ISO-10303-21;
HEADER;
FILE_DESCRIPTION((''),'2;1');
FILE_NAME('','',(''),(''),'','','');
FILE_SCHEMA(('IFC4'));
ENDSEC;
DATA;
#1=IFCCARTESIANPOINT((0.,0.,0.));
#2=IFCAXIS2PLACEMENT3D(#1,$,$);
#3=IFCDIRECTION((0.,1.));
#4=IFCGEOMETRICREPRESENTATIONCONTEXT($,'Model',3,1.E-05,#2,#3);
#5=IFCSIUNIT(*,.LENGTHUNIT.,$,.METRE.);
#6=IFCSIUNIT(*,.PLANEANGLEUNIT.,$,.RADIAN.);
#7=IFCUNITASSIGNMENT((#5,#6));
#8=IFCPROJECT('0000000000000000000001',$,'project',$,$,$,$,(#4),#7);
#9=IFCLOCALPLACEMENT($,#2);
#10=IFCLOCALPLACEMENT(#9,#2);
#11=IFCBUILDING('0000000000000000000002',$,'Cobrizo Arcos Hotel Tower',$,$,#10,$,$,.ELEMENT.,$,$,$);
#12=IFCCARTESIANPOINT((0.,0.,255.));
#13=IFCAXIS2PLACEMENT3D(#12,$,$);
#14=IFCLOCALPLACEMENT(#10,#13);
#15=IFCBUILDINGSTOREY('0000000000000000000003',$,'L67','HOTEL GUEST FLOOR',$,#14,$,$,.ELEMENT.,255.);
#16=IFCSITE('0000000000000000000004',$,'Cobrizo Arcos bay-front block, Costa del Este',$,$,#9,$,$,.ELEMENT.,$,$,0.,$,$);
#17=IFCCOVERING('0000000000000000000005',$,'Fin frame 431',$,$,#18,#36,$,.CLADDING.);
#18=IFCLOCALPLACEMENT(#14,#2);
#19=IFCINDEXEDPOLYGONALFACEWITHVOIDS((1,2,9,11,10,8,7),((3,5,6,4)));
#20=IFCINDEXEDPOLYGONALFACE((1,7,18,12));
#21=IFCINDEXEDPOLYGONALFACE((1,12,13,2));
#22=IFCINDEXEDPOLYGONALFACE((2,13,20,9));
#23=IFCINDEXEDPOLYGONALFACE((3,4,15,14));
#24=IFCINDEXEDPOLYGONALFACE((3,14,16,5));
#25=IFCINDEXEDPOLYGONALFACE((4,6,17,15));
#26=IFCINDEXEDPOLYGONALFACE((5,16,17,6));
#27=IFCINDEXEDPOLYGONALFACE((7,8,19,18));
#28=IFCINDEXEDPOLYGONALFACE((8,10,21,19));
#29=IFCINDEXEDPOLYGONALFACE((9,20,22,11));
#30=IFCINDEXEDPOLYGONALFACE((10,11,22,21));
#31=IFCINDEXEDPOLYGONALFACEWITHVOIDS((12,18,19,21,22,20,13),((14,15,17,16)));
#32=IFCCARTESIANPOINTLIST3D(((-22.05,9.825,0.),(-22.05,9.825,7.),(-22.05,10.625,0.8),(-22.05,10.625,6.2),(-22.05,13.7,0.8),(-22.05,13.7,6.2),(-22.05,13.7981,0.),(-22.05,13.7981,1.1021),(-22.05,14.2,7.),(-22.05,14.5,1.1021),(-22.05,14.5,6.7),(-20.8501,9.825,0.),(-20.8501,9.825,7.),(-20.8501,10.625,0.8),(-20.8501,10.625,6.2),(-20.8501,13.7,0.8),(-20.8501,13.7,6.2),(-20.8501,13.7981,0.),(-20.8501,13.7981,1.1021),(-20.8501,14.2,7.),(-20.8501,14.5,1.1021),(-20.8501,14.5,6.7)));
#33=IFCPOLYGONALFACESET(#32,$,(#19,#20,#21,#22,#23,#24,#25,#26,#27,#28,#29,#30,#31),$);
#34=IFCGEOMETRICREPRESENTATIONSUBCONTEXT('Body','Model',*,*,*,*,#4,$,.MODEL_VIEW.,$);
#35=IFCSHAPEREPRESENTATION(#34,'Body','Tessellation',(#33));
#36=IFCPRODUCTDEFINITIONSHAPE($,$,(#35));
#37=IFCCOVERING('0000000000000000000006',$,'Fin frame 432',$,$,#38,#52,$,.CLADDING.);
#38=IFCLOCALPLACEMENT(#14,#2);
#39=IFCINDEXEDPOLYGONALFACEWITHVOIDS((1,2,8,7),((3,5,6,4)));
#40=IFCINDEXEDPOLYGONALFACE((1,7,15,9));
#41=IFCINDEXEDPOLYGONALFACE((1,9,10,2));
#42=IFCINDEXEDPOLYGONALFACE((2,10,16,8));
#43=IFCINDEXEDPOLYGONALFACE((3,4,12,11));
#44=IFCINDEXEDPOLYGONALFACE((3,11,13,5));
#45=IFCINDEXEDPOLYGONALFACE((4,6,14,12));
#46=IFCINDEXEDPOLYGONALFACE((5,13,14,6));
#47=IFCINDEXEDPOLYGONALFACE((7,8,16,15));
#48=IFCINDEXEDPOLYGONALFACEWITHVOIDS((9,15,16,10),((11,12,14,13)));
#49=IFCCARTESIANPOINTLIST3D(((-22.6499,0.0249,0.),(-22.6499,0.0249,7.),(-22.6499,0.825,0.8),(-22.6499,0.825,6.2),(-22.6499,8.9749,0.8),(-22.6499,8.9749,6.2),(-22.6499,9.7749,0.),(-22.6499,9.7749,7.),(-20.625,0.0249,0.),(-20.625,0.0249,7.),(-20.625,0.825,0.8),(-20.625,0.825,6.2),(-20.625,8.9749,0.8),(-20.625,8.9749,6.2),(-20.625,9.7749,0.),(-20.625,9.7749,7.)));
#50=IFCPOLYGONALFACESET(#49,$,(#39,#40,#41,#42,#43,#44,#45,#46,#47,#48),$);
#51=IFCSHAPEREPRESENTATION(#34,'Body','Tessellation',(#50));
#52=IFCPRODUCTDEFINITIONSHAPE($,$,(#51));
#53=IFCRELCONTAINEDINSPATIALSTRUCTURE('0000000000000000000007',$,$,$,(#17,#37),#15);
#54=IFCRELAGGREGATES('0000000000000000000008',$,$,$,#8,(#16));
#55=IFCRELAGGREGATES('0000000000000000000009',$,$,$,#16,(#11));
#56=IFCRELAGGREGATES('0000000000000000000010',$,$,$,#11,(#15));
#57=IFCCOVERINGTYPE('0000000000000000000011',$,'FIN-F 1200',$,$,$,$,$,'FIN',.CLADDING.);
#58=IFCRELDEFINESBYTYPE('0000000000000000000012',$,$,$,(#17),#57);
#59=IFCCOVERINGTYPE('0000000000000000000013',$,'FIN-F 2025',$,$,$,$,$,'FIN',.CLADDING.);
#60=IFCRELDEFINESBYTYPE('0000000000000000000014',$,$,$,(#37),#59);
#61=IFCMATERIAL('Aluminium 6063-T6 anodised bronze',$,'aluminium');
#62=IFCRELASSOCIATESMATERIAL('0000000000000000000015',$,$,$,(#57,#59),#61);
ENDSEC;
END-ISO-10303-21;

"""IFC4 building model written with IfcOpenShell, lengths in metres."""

from ifc_helpers import new_model, si_unit, direction, frame, origin, place, context, subcontext, project, spatial, polyline, outline, extrude, material, type_object, element, save


model = new_model("IFC4")

# Units and contexts
model_context = context("Model", 3, precision=1e-05, world=origin(), true_north=direction((0.0, 1.0)))
body_context = subcontext(model_context, "Body", "Model", "MODEL_VIEW")
ifc_project = project(units=[si_unit("LENGTHUNIT", "METRE"), si_unit("PLANEANGLEUNIT", "RADIAN")], contexts=[model_context])

# Site, building, storey
site_placement = place(None, origin())
site = spatial("IfcSite", under=ifc_project, at=site_placement, Name="Cobrizo Arcos bay-front block, Costa del Este", CompositionType="ELEMENT", RefElevation=0.0)
building_placement = place(site_placement, origin())
building = spatial("IfcBuilding", under=site, at=building_placement, Name="Cobrizo Arcos Hotel Tower", CompositionType="ELEMENT")
storey_placement = place(building_placement, frame((0.0, 0.0, 255.0)))
storey = spatial("IfcBuildingStorey", under=building, at=storey_placement, Name="L67", Description="HOTEL GUEST FLOOR", CompositionType="ELEMENT", Elevation=255.0)

# Shared definitions
ifc_material_1 = material(Name="Aluminium 6063-T6 anodised bronze", Category="aluminium")

# Coverings
covering_type_1 = type_object("IfcCoveringType", Name="FIN-F 1200", ElementType="FIN", PredefinedType="CLADDING", material=ifc_material_1)
covering_1_placement = place(storey_placement, frame((-20.8501, 14.5, 0.0), z_axis=(-1.0, 0.0, 0.0), x_axis=(0.0, -1.0, 0.0)))
element("IfcCovering", 1, at=covering_1_placement, inside=storey, type_object=covering_type_1, Name="Fin frame 431", PredefinedType="CLADDING", context=body_context, shape_type="SweptSolid", body=[
    extrude(outline(polyline([(0.0, 6.7), (0.0, 1.1021), (0.7019, 1.1021), (0.7019, 0.0), (4.675, 0.0), (4.675, 7.0), (0.3, 7.0), (0.0, 6.7)]), holes=[polyline([(3.875, 0.8), (0.8, 0.8), (0.8, 6.2), (3.875, 6.2), (3.875, 0.8)])]), origin(), (0.0, 0.0, 1.0), 1.2),
])
covering_type_2 = type_object("IfcCoveringType", Name="FIN-F 2025", ElementType="FIN", PredefinedType="CLADDING", material=ifc_material_1)
covering_2_placement = place(storey_placement, frame((-20.625, 9.7749, 0.0), z_axis=(-1.0, 0.0, 0.0), x_axis=(0.0, -1.0, 0.0)))
element("IfcCovering", 2, at=covering_2_placement, inside=storey, type_object=covering_type_2, Name="Fin frame 432", PredefinedType="CLADDING", context=body_context, shape_type="SweptSolid", body=[
    extrude(outline(polyline([(0.0, 7.0), (0.0, 0.0), (9.75, 0.0), (9.75, 7.0), (0.0, 7.0)]), holes=[polyline([(8.95, 0.8), (0.8, 0.8), (0.8, 6.2), (8.95, 6.2), (8.95, 0.8)])]), origin(), (0.0, 0.0, 1.0), 2.0249),
])

save(model, "model.ifc")
